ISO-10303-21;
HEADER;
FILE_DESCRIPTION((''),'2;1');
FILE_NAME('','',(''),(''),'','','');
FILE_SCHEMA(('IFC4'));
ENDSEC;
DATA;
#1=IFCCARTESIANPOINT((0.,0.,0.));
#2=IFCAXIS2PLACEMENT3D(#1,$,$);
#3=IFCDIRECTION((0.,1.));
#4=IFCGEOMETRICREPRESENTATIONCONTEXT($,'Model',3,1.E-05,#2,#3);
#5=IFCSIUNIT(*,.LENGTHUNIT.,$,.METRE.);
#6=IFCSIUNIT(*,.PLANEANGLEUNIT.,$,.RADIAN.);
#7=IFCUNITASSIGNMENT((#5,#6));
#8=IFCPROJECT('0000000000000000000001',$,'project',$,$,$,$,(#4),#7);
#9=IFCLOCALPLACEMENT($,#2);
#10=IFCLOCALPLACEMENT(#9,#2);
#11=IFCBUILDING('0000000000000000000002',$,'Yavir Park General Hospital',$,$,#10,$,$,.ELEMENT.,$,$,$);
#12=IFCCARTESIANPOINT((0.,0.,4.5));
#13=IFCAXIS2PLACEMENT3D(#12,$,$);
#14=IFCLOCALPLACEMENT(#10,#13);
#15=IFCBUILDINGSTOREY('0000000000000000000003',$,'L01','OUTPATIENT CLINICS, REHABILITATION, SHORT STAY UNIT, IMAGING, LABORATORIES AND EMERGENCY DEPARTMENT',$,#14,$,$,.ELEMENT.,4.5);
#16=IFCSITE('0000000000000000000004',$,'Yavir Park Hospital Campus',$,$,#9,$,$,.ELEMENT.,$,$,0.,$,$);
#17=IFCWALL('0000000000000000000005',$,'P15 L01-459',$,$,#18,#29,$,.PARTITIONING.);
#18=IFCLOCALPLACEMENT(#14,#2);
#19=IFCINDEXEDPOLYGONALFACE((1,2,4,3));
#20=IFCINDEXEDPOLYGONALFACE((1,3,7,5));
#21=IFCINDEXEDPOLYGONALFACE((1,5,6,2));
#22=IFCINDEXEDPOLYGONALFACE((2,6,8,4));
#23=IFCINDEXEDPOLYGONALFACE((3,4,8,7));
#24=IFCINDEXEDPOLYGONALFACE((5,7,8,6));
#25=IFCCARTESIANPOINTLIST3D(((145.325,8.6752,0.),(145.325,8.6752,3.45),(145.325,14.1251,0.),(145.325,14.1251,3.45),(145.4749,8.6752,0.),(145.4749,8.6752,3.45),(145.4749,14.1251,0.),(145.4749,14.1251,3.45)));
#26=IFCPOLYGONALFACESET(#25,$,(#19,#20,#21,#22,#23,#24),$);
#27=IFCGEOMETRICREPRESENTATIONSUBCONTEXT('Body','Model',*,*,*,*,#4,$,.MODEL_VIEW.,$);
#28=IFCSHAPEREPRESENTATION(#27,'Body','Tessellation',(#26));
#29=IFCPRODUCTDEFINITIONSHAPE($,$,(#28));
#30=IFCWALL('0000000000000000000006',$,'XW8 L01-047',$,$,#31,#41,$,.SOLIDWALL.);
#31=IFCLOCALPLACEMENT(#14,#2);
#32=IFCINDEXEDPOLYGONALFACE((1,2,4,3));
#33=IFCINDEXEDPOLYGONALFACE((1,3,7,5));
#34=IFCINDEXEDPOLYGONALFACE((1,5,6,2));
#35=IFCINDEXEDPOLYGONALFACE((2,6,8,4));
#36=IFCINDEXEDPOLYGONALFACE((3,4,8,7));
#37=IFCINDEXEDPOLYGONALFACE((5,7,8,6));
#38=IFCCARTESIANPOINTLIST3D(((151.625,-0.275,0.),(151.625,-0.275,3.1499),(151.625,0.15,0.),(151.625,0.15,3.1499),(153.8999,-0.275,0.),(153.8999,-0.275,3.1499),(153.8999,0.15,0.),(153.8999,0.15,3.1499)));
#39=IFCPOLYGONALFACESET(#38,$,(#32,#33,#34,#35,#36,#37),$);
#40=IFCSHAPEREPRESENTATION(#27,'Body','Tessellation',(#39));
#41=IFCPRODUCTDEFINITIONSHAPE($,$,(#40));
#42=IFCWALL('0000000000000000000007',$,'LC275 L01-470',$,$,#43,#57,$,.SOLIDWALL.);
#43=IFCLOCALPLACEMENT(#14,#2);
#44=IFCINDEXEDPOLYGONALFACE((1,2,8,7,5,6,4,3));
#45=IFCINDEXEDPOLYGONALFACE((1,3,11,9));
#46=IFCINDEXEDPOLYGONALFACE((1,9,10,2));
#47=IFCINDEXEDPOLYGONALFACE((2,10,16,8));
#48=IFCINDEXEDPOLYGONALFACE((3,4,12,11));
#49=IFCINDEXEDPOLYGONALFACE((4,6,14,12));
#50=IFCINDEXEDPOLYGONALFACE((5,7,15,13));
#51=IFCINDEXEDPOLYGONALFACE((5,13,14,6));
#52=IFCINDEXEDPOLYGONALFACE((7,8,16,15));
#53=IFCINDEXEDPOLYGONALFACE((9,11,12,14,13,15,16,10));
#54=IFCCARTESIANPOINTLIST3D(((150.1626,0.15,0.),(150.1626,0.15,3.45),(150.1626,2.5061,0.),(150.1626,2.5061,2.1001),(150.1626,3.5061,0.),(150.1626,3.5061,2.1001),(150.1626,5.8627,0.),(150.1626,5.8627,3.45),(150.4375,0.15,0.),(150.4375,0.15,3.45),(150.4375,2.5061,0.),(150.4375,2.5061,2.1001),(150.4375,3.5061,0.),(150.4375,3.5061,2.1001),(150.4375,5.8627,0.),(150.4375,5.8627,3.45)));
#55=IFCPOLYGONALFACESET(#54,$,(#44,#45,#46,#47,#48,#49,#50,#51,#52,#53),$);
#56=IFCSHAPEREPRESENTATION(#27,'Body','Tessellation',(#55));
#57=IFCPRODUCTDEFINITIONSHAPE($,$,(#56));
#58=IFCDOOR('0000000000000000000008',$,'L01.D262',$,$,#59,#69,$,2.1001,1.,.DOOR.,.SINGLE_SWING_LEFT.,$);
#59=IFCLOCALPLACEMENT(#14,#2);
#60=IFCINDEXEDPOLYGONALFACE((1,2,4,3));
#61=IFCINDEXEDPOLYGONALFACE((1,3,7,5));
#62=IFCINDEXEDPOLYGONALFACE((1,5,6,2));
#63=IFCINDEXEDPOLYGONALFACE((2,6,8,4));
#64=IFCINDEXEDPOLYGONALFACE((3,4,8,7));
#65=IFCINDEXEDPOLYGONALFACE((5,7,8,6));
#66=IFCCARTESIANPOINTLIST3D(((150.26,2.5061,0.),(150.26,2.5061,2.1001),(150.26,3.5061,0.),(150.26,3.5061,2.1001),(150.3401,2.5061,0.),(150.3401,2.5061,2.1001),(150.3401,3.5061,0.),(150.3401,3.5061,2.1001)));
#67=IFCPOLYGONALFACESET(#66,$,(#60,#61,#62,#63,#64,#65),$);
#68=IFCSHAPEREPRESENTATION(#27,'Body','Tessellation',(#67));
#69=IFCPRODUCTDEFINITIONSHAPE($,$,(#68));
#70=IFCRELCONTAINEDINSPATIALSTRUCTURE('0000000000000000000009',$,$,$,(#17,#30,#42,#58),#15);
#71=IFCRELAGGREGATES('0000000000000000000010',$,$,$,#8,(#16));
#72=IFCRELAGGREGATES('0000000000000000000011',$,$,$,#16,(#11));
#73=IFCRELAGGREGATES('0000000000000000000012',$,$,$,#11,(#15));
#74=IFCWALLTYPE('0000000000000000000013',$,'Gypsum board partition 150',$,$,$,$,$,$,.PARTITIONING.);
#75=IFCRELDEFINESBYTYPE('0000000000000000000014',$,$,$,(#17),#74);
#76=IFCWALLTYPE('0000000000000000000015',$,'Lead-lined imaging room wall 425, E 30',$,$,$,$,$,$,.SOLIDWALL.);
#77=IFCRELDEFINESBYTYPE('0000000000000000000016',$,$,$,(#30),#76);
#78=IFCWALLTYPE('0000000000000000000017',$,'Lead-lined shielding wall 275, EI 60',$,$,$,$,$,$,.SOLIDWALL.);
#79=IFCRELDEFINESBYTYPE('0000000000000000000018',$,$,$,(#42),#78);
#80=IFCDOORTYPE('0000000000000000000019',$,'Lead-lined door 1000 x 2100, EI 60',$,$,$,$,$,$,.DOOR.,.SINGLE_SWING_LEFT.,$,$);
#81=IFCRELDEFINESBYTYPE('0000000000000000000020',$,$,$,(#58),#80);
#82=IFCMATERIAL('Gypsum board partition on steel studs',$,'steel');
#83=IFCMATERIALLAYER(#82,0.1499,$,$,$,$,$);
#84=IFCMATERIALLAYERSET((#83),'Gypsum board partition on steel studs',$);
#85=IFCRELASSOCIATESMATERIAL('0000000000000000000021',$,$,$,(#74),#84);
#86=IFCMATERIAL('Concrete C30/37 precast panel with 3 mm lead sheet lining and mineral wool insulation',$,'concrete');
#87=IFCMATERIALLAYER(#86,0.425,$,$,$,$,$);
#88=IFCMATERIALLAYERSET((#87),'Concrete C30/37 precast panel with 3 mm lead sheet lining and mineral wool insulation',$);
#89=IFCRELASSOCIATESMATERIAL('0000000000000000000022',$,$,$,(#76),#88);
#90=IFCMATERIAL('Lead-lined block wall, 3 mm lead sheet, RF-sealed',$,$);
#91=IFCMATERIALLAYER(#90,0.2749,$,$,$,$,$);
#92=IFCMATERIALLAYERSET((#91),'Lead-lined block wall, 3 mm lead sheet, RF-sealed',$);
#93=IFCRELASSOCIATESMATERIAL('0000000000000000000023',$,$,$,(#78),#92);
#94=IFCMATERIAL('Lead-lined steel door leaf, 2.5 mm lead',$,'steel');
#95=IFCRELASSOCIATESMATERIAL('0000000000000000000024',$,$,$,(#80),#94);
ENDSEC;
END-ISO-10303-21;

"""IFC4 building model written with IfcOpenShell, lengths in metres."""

from ifc_helpers import new_model, si_unit, direction, frame, frame_2d, origin, place, context, subcontext, project, spatial, rectangle, extrude, material, layer, layer_set, type_object, element, fill, save


model = new_model("IFC4")

# Units and contexts
model_context = context("Model", 3, precision=1e-05, world=origin(), true_north=direction((0.0, 1.0)))
body_context = subcontext(model_context, "Body", "Model", "MODEL_VIEW")
ifc_project = project(units=[si_unit("LENGTHUNIT", "METRE"), si_unit("PLANEANGLEUNIT", "RADIAN")], contexts=[model_context])

# Site, building, storey
site_placement = place(None, origin())
site = spatial("IfcSite", under=ifc_project, at=site_placement, Name="Yavir Park Hospital Campus", CompositionType="ELEMENT", RefElevation=0.0)
building_placement = place(site_placement, origin())
building = spatial("IfcBuilding", under=site, at=building_placement, Name="Yavir Park General Hospital", CompositionType="ELEMENT")
storey_placement = place(building_placement, frame((0.0, 0.0, 4.5)))
storey = spatial("IfcBuildingStorey", under=building, at=storey_placement, Name="L01", Description="OUTPATIENT CLINICS, REHABILITATION, SHORT STAY UNIT, IMAGING, LABORATORIES AND EMERGENCY DEPARTMENT", CompositionType="ELEMENT", Elevation=4.5)

# Shared definitions
ifc_material_1 = material(Name="Gypsum board partition on steel studs", Category="steel")
ifc_layer_1 = layer(ifc_material_1, 0.1499)
ifc_layer_set_1 = layer_set([ifc_layer_1], Name="Gypsum board partition on steel studs")
wall_type_1 = type_object("IfcWallType", Name="Gypsum board partition 150", PredefinedType="PARTITIONING", material=ifc_layer_set_1)

# Walls
wall_1_placement = place(storey_placement, frame((145.3999, 8.675, 0.0), z_axis=(0.0, 0.0, 1.0), x_axis=(0.0, 1.0, 0.0)))
element("IfcWall", 1, at=wall_1_placement, inside=storey, type_object=wall_type_1, Name="P15 L01-459", PredefinedType="PARTITIONING", context=body_context, shape_type="SweptSolid", body=[
    extrude(rectangle(XDim=5.45, YDim=0.1499, at=frame_2d((2.7251, 0.0))), origin(), (0.0, 0.0, 1.0), 3.45),
])
ifc_material_2 = material(Name="Concrete C30/37 precast panel with 3 mm lead sheet lining and mineral wool insulation", Category="concrete")
ifc_layer_2 = layer(ifc_material_2, 0.425)
ifc_layer_set_2 = layer_set([ifc_layer_2], Name="Concrete C30/37 precast panel with 3 mm lead sheet lining and mineral wool insulation")
wall_type_2 = type_object("IfcWallType", Name="Lead-lined imaging room wall 425, E 30", PredefinedType="SOLIDWALL", material=ifc_layer_set_2)
wall_2_placement = place(storey_placement, frame((151.625, -0.0625, 0.0), z_axis=(0.0, 0.0, 1.0), x_axis=(1.0, 0.0, 0.0)))
element("IfcWall", 2, at=wall_2_placement, inside=storey, type_object=wall_type_2, Name="XW8 L01-047", PredefinedType="SOLIDWALL", context=body_context, shape_type="SweptSolid", body=[
    extrude(rectangle(XDim=2.2749, YDim=0.425, at=frame_2d((1.1375, 0.0))), origin(), (0.0, 0.0, 1.0), 3.1499),
])

# Wall, opening, door
ifc_material_3 = material(Name="Lead-lined block wall, 3 mm lead sheet, RF-sealed")
ifc_layer_3 = layer(ifc_material_3, 0.2749)
ifc_layer_set_3 = layer_set([ifc_layer_3], Name="Lead-lined block wall, 3 mm lead sheet, RF-sealed")
wall_type_3 = type_object("IfcWallType", Name="Lead-lined shielding wall 275, EI 60", PredefinedType="SOLIDWALL", material=ifc_layer_set_3)
wall_3_placement = place(storey_placement, frame((150.3, 0.1499, 0.0), z_axis=(0.0, 0.0, 1.0), x_axis=(0.0, 1.0, 0.0)))
wall_3 = element("IfcWall", 3, at=wall_3_placement, inside=storey, type_object=wall_type_3, Name="LC275 L01-470", PredefinedType="SOLIDWALL", context=body_context, shape_type="SweptSolid", body=[
    extrude(rectangle(XDim=5.7126, YDim=0.2749, at=frame_2d((2.8564, 0.0))), origin(), (0.0, 0.0, 1.0), 3.45),
])
opening_1_placement = place(wall_3_placement, frame((2.3562, 0.0, 0.0)))
opening_1 = element("IfcOpeningElement", 4, at=opening_1_placement, cuts=wall_3, PredefinedType="OPENING", context=body_context, shape_type="SweptSolid", body=[
    extrude(rectangle(XDim=1.0, YDim=2.1001, at=frame_2d((0.5, 1.05))), frame((0.0, 0.1475, 0.0), z_axis=(0.0, -1.0, 0.0), x_axis=(1.0, 0.0, 0.0)), (0.0, 0.0, 1.0), 0.2949),
])
ifc_material_4 = material(Name="Lead-lined steel door leaf, 2.5 mm lead", Category="steel")
door_type_1 = type_object("IfcDoorType", Name="Lead-lined door 1000 x 2100, EI 60", OperationType="SINGLE_SWING_LEFT", PredefinedType="DOOR", material=ifc_material_4)
door_1_placement = place(opening_1_placement, origin())
door_1 = element("IfcDoor", 5, at=door_1_placement, inside=storey, type_object=door_type_1, Name="L01.D262", OperationType="SINGLE_SWING_LEFT", OverallHeight=2.1001, OverallWidth=1.0, PredefinedType="DOOR", context=body_context, shape_type="SweptSolid", body=[
    extrude(rectangle(XDim=1.0, YDim=2.1001, at=frame_2d((0.5, 1.05))), frame((0.0, 0.04, 0.0), z_axis=(0.0, -1.0, 0.0), x_axis=(1.0, 0.0, 0.0)), (0.0, 0.0, 1.0), 0.0801),
])
fill(opening_1, door_1)

save(model, "model.ifc")
